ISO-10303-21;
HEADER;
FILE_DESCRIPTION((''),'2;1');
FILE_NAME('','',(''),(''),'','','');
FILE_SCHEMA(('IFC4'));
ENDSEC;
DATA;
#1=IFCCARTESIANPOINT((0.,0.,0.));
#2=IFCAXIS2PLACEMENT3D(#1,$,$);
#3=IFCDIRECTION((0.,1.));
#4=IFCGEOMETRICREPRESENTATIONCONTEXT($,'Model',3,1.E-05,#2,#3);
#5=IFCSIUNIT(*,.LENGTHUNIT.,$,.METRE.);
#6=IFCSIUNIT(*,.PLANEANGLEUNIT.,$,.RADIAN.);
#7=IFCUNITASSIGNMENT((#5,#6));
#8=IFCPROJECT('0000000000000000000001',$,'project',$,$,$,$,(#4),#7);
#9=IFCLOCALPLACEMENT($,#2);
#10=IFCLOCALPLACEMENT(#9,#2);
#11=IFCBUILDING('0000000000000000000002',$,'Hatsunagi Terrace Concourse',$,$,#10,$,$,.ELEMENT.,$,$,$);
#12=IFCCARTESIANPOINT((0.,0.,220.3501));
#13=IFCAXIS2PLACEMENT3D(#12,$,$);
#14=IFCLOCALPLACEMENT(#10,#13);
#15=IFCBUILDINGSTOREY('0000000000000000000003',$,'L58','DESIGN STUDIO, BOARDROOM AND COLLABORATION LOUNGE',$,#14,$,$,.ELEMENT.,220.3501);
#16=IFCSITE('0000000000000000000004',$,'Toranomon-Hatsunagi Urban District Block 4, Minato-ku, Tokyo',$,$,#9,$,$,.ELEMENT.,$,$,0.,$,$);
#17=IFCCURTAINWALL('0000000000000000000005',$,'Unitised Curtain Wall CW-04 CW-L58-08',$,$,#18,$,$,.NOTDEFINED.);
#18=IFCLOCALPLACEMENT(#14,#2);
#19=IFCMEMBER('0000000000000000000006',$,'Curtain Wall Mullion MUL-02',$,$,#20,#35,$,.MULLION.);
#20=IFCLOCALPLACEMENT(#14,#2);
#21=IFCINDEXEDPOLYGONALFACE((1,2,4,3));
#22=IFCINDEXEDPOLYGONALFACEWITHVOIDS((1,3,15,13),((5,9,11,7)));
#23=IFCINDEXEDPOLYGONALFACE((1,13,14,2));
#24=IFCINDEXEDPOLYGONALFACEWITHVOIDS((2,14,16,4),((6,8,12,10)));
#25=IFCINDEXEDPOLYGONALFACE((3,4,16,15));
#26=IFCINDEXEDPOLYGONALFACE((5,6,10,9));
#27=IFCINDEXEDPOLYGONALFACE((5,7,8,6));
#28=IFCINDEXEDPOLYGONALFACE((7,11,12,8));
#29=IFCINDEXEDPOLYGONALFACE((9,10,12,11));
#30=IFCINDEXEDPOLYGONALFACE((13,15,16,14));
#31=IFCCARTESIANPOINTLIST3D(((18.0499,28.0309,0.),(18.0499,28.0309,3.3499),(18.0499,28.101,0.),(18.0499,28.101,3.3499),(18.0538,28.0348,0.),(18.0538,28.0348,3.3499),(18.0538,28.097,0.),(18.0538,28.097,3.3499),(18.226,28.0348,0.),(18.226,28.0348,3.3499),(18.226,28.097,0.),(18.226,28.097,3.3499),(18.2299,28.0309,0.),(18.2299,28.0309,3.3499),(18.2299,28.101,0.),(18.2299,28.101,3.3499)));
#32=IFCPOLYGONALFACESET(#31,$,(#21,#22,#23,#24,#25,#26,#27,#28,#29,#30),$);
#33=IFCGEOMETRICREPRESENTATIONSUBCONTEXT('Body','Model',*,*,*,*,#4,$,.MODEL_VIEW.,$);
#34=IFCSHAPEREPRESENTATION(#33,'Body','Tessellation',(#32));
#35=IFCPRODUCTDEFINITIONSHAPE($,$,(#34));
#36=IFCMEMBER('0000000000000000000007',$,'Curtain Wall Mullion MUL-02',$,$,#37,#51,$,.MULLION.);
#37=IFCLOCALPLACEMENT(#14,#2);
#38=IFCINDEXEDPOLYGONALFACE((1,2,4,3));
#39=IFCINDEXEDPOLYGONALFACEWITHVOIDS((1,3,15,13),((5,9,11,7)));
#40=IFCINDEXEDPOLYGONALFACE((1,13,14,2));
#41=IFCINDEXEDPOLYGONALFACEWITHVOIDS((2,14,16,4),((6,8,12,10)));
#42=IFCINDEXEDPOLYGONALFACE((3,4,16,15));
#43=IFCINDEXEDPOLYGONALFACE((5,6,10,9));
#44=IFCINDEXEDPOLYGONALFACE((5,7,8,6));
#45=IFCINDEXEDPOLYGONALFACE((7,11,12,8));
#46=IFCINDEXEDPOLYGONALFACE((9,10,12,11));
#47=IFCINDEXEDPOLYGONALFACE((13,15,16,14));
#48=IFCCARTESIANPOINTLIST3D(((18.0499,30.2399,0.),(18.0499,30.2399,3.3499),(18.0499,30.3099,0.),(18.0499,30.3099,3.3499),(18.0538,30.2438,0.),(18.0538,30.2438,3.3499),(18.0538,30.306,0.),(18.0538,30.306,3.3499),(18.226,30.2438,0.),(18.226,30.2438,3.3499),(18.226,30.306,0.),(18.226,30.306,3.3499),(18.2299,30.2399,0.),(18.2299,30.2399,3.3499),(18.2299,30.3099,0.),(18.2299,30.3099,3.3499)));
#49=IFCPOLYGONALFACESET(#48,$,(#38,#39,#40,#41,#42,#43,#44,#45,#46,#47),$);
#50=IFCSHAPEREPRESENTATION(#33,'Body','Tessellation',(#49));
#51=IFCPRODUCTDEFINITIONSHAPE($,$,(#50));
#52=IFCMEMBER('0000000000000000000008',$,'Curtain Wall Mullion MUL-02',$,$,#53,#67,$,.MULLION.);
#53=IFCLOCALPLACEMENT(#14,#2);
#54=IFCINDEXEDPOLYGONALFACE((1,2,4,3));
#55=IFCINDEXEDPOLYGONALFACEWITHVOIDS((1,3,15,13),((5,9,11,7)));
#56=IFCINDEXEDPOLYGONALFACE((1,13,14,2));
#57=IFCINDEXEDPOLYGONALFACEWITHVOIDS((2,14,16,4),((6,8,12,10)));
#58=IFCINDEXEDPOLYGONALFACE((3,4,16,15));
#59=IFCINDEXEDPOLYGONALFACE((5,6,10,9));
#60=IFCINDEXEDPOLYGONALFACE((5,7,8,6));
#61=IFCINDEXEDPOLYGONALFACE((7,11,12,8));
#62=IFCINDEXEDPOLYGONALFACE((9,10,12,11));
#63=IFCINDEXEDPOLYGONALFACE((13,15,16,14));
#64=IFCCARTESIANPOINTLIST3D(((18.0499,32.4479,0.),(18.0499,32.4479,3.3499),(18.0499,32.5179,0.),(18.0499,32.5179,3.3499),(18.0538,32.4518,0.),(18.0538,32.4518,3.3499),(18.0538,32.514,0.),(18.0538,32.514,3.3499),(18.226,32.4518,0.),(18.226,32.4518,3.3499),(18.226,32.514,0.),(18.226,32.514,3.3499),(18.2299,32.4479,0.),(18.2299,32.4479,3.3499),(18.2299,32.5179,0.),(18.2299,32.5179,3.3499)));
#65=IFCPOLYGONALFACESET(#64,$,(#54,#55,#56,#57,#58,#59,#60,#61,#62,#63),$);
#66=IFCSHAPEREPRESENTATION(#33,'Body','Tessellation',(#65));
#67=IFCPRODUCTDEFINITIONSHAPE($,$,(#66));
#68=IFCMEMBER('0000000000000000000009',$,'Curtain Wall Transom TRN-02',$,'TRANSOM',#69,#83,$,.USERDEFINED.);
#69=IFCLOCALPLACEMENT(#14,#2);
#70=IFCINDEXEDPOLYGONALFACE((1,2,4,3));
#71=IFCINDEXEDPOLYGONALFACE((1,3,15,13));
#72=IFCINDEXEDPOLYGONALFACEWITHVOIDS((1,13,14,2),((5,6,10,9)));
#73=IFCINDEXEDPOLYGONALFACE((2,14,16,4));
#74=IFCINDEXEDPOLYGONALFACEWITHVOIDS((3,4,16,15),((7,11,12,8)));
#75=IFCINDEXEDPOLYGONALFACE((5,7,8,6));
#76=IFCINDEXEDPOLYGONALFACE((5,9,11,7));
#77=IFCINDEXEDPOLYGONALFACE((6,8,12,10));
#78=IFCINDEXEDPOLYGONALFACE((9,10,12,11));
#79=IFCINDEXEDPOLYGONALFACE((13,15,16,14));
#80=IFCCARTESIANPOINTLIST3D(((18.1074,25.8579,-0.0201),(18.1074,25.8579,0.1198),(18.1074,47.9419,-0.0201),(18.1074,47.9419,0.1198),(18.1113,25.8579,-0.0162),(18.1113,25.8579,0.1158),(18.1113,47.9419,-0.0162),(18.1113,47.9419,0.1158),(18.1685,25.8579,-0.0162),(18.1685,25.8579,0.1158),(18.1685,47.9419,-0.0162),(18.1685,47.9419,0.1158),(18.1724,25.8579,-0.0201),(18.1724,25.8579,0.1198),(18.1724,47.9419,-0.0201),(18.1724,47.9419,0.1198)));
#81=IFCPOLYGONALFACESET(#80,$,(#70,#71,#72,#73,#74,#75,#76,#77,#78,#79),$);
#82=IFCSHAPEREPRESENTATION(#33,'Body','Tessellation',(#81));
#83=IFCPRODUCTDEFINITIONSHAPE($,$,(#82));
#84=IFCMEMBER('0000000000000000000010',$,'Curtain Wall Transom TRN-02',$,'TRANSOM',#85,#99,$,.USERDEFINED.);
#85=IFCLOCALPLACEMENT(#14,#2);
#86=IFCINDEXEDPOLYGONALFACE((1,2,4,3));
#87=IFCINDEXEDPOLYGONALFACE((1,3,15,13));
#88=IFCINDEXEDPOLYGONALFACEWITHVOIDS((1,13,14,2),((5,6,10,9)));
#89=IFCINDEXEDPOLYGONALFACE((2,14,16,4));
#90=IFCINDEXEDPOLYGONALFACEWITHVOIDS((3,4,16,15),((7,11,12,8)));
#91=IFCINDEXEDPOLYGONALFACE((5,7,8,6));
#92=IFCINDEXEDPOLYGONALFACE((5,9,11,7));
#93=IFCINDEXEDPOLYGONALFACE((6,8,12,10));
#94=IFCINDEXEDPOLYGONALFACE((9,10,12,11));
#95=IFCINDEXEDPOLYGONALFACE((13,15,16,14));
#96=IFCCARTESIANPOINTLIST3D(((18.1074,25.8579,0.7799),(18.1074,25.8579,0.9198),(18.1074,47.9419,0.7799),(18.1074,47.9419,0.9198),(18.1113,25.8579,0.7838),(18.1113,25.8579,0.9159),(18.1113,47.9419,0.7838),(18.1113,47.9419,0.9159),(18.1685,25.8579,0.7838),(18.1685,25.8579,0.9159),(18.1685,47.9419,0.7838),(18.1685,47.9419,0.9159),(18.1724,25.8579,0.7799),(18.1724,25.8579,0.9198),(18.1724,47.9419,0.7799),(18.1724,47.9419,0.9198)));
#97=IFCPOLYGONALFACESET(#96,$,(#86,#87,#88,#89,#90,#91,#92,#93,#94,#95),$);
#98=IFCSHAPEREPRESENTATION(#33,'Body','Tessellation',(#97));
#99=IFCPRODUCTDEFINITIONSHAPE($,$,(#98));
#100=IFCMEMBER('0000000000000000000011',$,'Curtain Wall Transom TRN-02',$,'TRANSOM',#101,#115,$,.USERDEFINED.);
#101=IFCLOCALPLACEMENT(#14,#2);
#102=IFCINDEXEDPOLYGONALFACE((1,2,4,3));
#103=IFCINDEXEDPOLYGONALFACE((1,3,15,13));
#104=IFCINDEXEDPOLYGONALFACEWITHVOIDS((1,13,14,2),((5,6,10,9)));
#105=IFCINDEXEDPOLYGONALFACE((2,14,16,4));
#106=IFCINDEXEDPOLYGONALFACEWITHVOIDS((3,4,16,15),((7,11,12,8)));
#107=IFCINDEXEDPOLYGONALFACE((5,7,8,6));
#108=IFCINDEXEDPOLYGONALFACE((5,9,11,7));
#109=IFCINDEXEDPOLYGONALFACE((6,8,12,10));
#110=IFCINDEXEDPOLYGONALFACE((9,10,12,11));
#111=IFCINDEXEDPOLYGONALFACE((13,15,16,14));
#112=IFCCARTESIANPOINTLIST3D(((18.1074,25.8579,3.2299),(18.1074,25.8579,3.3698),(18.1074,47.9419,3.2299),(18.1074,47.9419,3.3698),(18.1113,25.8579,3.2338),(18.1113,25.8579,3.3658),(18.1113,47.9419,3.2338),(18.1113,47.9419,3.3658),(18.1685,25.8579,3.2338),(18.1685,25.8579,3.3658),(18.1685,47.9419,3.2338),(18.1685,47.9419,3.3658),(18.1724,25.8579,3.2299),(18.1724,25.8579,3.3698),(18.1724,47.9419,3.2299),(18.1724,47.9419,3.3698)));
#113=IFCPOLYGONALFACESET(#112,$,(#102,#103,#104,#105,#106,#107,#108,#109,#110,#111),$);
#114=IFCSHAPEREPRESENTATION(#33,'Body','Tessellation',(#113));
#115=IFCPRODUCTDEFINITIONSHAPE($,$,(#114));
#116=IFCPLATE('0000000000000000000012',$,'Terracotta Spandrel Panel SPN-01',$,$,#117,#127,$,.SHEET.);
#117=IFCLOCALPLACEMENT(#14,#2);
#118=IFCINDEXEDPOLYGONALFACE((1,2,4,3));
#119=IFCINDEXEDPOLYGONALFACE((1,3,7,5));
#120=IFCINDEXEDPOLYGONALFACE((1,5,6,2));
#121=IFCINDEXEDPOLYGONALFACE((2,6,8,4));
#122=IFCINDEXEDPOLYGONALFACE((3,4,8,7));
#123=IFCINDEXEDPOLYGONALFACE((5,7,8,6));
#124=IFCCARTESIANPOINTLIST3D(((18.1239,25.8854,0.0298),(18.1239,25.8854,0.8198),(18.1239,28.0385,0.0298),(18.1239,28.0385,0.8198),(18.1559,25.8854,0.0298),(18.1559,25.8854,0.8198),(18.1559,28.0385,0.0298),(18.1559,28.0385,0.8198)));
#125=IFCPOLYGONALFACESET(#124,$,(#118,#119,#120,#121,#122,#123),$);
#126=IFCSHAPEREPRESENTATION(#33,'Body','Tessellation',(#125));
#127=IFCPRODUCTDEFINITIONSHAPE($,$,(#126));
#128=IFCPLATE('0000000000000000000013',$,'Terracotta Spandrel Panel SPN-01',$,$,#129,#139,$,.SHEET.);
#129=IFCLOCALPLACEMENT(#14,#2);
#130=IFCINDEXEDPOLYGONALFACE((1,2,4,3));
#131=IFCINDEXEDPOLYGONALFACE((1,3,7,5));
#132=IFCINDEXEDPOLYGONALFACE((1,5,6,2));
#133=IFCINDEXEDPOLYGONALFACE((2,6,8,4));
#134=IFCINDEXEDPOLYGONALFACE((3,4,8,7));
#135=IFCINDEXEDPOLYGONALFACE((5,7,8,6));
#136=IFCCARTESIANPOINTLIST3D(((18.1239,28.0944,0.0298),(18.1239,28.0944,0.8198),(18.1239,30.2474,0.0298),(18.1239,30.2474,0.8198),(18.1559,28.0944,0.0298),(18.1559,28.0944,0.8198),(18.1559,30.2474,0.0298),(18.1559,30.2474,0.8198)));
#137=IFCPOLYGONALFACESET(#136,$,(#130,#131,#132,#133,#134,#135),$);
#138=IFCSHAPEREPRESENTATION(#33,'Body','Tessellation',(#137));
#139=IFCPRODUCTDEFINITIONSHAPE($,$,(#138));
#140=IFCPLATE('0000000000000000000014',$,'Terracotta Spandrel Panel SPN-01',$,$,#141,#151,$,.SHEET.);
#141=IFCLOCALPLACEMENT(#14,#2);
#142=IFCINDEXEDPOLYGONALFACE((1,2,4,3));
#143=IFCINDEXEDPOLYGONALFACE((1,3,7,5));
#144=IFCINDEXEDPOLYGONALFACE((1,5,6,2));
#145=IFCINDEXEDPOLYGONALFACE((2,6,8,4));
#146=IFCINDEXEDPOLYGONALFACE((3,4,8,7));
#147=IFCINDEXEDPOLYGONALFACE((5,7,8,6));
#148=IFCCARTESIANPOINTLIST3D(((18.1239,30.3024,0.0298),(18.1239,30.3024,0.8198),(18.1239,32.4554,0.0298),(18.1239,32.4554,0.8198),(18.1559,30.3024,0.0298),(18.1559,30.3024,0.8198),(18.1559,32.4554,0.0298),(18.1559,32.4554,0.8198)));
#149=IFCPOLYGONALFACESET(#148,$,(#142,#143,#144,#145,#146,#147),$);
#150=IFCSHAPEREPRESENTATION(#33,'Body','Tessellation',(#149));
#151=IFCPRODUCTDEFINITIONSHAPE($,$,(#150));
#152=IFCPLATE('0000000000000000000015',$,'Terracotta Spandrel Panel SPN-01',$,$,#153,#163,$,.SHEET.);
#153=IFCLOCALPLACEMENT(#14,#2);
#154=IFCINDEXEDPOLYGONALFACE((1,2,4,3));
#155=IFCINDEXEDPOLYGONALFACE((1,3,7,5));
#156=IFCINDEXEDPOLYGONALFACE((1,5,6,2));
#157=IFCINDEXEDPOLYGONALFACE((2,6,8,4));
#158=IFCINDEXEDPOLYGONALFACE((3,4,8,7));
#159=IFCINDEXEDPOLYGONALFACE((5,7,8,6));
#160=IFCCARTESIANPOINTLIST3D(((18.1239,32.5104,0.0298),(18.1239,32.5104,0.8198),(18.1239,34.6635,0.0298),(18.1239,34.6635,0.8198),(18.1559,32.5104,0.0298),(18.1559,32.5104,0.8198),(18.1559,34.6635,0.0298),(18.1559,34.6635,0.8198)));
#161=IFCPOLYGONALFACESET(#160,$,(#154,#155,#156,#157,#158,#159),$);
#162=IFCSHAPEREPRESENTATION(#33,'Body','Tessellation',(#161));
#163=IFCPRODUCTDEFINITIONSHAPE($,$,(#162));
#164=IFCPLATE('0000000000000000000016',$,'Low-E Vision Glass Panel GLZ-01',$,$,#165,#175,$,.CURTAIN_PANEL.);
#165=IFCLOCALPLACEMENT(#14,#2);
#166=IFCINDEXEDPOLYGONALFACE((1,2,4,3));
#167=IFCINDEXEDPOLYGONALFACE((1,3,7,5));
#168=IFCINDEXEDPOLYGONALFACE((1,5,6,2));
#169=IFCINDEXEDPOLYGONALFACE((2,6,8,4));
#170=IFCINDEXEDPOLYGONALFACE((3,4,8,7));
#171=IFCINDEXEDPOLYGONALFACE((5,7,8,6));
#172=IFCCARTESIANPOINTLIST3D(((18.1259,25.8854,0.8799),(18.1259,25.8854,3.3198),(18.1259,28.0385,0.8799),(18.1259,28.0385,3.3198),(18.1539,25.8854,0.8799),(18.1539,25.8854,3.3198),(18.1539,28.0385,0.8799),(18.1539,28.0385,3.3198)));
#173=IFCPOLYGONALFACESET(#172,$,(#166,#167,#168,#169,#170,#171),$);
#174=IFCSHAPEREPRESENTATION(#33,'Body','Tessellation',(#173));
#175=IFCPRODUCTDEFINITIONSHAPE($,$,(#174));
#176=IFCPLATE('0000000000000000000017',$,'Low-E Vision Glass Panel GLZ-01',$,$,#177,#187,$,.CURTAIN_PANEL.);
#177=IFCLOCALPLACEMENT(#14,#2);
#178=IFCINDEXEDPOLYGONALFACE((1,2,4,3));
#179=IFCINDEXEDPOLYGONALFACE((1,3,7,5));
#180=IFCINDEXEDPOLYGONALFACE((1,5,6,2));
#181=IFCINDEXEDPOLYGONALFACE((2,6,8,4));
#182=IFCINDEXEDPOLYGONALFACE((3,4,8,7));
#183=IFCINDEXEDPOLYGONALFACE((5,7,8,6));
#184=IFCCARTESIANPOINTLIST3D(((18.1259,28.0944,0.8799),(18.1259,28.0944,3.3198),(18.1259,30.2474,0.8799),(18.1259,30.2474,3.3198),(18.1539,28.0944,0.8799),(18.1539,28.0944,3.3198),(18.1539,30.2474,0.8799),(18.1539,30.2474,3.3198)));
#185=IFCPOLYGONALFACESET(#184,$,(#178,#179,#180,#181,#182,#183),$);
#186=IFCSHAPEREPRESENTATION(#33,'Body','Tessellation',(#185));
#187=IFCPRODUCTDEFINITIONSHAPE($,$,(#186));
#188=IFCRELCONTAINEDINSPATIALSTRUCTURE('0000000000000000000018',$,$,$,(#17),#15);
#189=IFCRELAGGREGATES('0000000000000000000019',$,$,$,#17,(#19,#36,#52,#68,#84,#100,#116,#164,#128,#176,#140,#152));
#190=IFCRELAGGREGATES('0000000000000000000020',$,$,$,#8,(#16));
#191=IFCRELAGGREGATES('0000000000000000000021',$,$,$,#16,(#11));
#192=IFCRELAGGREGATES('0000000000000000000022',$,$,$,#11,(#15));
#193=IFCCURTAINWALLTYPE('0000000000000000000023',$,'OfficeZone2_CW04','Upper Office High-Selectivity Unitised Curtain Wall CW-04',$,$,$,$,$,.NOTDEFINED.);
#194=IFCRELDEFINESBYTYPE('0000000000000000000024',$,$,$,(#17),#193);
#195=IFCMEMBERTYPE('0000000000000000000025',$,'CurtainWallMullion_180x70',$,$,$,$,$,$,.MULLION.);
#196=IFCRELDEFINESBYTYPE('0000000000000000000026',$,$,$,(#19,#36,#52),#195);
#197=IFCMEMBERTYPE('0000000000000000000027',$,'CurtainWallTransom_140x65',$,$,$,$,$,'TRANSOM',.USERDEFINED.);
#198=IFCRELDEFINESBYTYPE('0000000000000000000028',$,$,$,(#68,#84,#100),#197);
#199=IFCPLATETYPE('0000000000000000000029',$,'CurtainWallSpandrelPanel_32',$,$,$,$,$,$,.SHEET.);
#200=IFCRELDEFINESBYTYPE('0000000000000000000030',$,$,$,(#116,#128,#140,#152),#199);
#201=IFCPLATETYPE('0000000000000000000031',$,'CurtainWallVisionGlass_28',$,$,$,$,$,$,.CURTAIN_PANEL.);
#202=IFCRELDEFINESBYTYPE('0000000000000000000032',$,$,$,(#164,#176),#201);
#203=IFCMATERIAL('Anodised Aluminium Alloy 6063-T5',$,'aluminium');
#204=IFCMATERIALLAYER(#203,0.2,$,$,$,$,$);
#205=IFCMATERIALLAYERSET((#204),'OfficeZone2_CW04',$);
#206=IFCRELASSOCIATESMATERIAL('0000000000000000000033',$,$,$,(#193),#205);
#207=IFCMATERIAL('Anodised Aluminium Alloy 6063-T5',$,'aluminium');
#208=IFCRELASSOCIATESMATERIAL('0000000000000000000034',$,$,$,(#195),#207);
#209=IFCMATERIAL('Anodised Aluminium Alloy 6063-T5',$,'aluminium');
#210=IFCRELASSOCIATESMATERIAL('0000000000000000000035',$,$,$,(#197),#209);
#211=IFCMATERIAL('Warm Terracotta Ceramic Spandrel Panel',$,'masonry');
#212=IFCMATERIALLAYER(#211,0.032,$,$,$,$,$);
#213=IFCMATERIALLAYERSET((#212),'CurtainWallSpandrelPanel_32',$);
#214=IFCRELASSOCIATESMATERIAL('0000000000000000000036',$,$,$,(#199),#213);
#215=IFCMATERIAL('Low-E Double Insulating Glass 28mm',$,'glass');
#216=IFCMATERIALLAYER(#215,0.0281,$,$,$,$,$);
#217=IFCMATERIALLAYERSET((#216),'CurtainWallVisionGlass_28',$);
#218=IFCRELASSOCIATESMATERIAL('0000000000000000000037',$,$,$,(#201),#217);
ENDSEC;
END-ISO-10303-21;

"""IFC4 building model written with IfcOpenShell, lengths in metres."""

from ifc_helpers import new_model, si_unit, direction, frame, origin, origin_2d, place, context, subcontext, project, spatial, rectangle, hollow_rectangle, extrude, material, layer, layer_set, material_profile, profile_set, type_object, element, aggregate, save


model = new_model("IFC4")

# Units and contexts
model_context = context("Model", 3, precision=1e-05, world=origin(), true_north=direction((0.0, 1.0)))
body_context = subcontext(model_context, "Body", "Model", "MODEL_VIEW")
ifc_project = project(units=[si_unit("LENGTHUNIT", "METRE"), si_unit("PLANEANGLEUNIT", "RADIAN")], contexts=[model_context])

# Site, building, storey
site_placement = place(None, origin())
site = spatial("IfcSite", under=ifc_project, at=site_placement, Name="Toranomon-Hatsunagi Urban District Block 4, Minato-ku, Tokyo", CompositionType="ELEMENT", RefElevation=0.0)
building_placement = place(site_placement, origin())
building = spatial("IfcBuilding", under=site, at=building_placement, Name="Hatsunagi Terrace Concourse", CompositionType="ELEMENT")
storey_placement = place(building_placement, frame((0.0, 0.0, 220.3501)))
storey = spatial("IfcBuildingStorey", under=building, at=storey_placement, Name="L58", Description="DESIGN STUDIO, BOARDROOM AND COLLABORATION LOUNGE", CompositionType="ELEMENT", Elevation=220.3501)

# Curtain wall, members, plates
ifc_material_1 = material(Name="Anodised Aluminium Alloy 6063-T5", Category="aluminium")
ifc_layer_1 = layer(ifc_material_1, 0.2)
ifc_layer_set_1 = layer_set([ifc_layer_1], Name="OfficeZone2_CW04")
curtain_wall_type = type_object("IfcCurtainWallType", Name="OfficeZone2_CW04", Description="Upper Office High-Selectivity Unitised Curtain Wall CW-04", PredefinedType="NOTDEFINED", material=ifc_layer_set_1)
curtain_wall_placement = place(storey_placement, origin())
curtain_wall = element("IfcCurtainWall", 1, at=curtain_wall_placement, inside=storey, type_object=curtain_wall_type, Name="Unitised Curtain Wall CW-04 CW-L58-08", PredefinedType="NOTDEFINED")
ifc_material_2 = material(Name="Anodised Aluminium Alloy 6063-T5", Category="aluminium")
ifc_material_profile_1 = material_profile(ifc_material_2, hollow_rectangle(XDim=0.0701, YDim=0.1799, WallThickness=0.0039, at=origin_2d()), Name="ALU-MUL-180x70x4")
ifc_profile_set_1 = profile_set([ifc_material_profile_1], Name="Anodised Aluminium Alloy 6063-T5")
member_type_1 = type_object("IfcMemberType", Name="CurtainWallMullion_180x70", PredefinedType="MULLION", material=ifc_profile_set_1)
member_1_placement = place(storey_placement, frame((18.1399, 28.0659, 0.0), z_axis=(0.0, 0.0, 1.0), x_axis=(0.0, 1.0, 0.0)))
member_1 = element("IfcMember", 2, at=member_1_placement, type_object=member_type_1, Name="Curtain Wall Mullion MUL-02", PredefinedType="MULLION", context=body_context, shape_type="SweptSolid", body=[
    extrude(hollow_rectangle(XDim=0.0701, YDim=0.1799, WallThickness=0.0039, at=origin_2d()), origin(), (0.0, 0.0, 1.0), 3.3499),
])
member_2_placement = place(storey_placement, frame((18.1399, 30.2749, 0.0), z_axis=(0.0, 0.0, 1.0), x_axis=(0.0, 1.0, 0.0)))
member_2 = element("IfcMember", 3, at=member_2_placement, type_object=member_type_1, Name="Curtain Wall Mullion MUL-02", PredefinedType="MULLION", context=body_context, shape_type="SweptSolid", body=[
    extrude(hollow_rectangle(XDim=0.0701, YDim=0.1799, WallThickness=0.0039, at=origin_2d()), origin(), (0.0, 0.0, 1.0), 3.3499),
])
member_3_placement = place(storey_placement, frame((18.1399, 32.4829, 0.0), z_axis=(0.0, 0.0, 1.0), x_axis=(0.0, 1.0, 0.0)))
member_3 = element("IfcMember", 4, at=member_3_placement, type_object=member_type_1, Name="Curtain Wall Mullion MUL-02", PredefinedType="MULLION", context=body_context, shape_type="SweptSolid", body=[
    extrude(hollow_rectangle(XDim=0.0701, YDim=0.1799, WallThickness=0.0039, at=origin_2d()), origin(), (0.0, 0.0, 1.0), 3.3499),
])
ifc_material_3 = material(Name="Anodised Aluminium Alloy 6063-T5", Category="aluminium")
ifc_material_profile_2 = material_profile(ifc_material_3, hollow_rectangle(XDim=0.0649, YDim=0.1399, WallThickness=0.0039, at=origin_2d()), Name="ALU-TRN-140x65x4")
ifc_profile_set_2 = profile_set([ifc_material_profile_2], Name="Anodised Aluminium Alloy 6063-T5")
member_type_2 = type_object("IfcMemberType", Name="CurtainWallTransom_140x65", ElementType="TRANSOM", PredefinedType="USERDEFINED", material=ifc_profile_set_2)
member_4_placement = place(storey_placement, frame((18.1399, 25.8579, 0.0498), z_axis=(0.0, 1.0, 0.0), x_axis=(-1.0, 0.0, 0.0)))
member_4 = element("IfcMember", 5, at=member_4_placement, type_object=member_type_2, Name="Curtain Wall Transom TRN-02", ObjectType="TRANSOM", PredefinedType="USERDEFINED", context=body_context, shape_type="SweptSolid", body=[
    extrude(hollow_rectangle(XDim=0.0649, YDim=0.1399, WallThickness=0.0039, at=origin_2d()), origin(), (0.0, 0.0, 1.0), 22.084),
])
member_5_placement = place(storey_placement, frame((18.1399, 25.8579, 0.8499), z_axis=(0.0, 1.0, 0.0), x_axis=(-1.0, 0.0, 0.0)))
member_5 = element("IfcMember", 6, at=member_5_placement, type_object=member_type_2, Name="Curtain Wall Transom TRN-02", ObjectType="TRANSOM", PredefinedType="USERDEFINED", context=body_context, shape_type="SweptSolid", body=[
    extrude(hollow_rectangle(XDim=0.0649, YDim=0.1399, WallThickness=0.0039, at=origin_2d()), origin(), (0.0, 0.0, 1.0), 22.084),
])
member_6_placement = place(storey_placement, frame((18.1399, 25.8579, 3.2998), z_axis=(0.0, 1.0, 0.0), x_axis=(-1.0, 0.0, 0.0)))
member_6 = element("IfcMember", 7, at=member_6_placement, type_object=member_type_2, Name="Curtain Wall Transom TRN-02", ObjectType="TRANSOM", PredefinedType="USERDEFINED", context=body_context, shape_type="SweptSolid", body=[
    extrude(hollow_rectangle(XDim=0.0649, YDim=0.1399, WallThickness=0.0039, at=origin_2d()), origin(), (0.0, 0.0, 1.0), 22.084),
])
ifc_material_4 = material(Name="Warm Terracotta Ceramic Spandrel Panel", Category="masonry")
ifc_layer_2 = layer(ifc_material_4, 0.032)
ifc_layer_set_2 = layer_set([ifc_layer_2], Name="CurtainWallSpandrelPanel_32")
plate_type_1 = type_object("IfcPlateType", Name="CurtainWallSpandrelPanel_32", PredefinedType="SHEET", material=ifc_layer_set_2)
plate_1_placement = place(storey_placement, frame((18.1399, 26.9619, 0.0298), z_axis=(0.0, 0.0, 1.0), x_axis=(0.0, 1.0, 0.0)))
plate_1 = element("IfcPlate", 8, at=plate_1_placement, type_object=plate_type_1, Name="Terracotta Spandrel Panel SPN-01", PredefinedType="SHEET", context=body_context, shape_type="SweptSolid", body=[
    extrude(rectangle(XDim=2.1531, YDim=0.032, at=origin_2d()), origin(), (0.0, 0.0, 1.0), 0.79),
])
plate_2_placement = place(storey_placement, frame((18.1399, 29.1709, 0.0298), z_axis=(0.0, 0.0, 1.0), x_axis=(0.0, 1.0, 0.0)))
plate_2 = element("IfcPlate", 9, at=plate_2_placement, type_object=plate_type_1, Name="Terracotta Spandrel Panel SPN-01", PredefinedType="SHEET", context=body_context, shape_type="SweptSolid", body=[
    extrude(rectangle(XDim=2.1531, YDim=0.032, at=origin_2d()), origin(), (0.0, 0.0, 1.0), 0.79),
])
plate_3_placement = place(storey_placement, frame((18.1399, 31.3789, 0.0298), z_axis=(0.0, 0.0, 1.0), x_axis=(0.0, 1.0, 0.0)))
plate_3 = element("IfcPlate", 10, at=plate_3_placement, type_object=plate_type_1, Name="Terracotta Spandrel Panel SPN-01", PredefinedType="SHEET", context=body_context, shape_type="SweptSolid", body=[
    extrude(rectangle(XDim=2.1531, YDim=0.032, at=origin_2d()), origin(), (0.0, 0.0, 1.0), 0.79),
])
plate_4_placement = place(storey_placement, frame((18.1399, 33.5869, 0.0298), z_axis=(0.0, 0.0, 1.0), x_axis=(0.0, 1.0, 0.0)))
plate_4 = element("IfcPlate", 11, at=plate_4_placement, type_object=plate_type_1, Name="Terracotta Spandrel Panel SPN-01", PredefinedType="SHEET", context=body_context, shape_type="SweptSolid", body=[
    extrude(rectangle(XDim=2.1531, YDim=0.032, at=origin_2d()), origin(), (0.0, 0.0, 1.0), 0.79),
])
ifc_material_5 = material(Name="Low-E Double Insulating Glass 28mm", Category="glass")
ifc_layer_3 = layer(ifc_material_5, 0.0281)
ifc_layer_set_3 = layer_set([ifc_layer_3], Name="CurtainWallVisionGlass_28")
plate_type_2 = type_object("IfcPlateType", Name="CurtainWallVisionGlass_28", PredefinedType="CURTAIN_PANEL", material=ifc_layer_set_3)
plate_5_placement = place(storey_placement, frame((18.1399, 26.9619, 0.8799), z_axis=(0.0, 0.0, 1.0), x_axis=(0.0, 1.0, 0.0)))
plate_5 = element("IfcPlate", 12, at=plate_5_placement, type_object=plate_type_2, Name="Low-E Vision Glass Panel GLZ-01", PredefinedType="CURTAIN_PANEL", context=body_context, shape_type="SweptSolid", body=[
    extrude(rectangle(XDim=2.1531, YDim=0.0281, at=origin_2d()), origin(), (0.0, 0.0, 1.0), 2.4399),
])
plate_6_placement = place(storey_placement, frame((18.1399, 29.1709, 0.8799), z_axis=(0.0, 0.0, 1.0), x_axis=(0.0, 1.0, 0.0)))
plate_6 = element("IfcPlate", 13, at=plate_6_placement, type_object=plate_type_2, Name="Low-E Vision Glass Panel GLZ-01", PredefinedType="CURTAIN_PANEL", context=body_context, shape_type="SweptSolid", body=[
    extrude(rectangle(XDim=2.1531, YDim=0.0281, at=origin_2d()), origin(), (0.0, 0.0, 1.0), 2.4399),
])
aggregate(curtain_wall, [member_1, member_2, member_3, member_4, member_5, member_6, plate_1, plate_5, plate_2, plate_6, plate_3, plate_4])

save(model, "model.ifc")
